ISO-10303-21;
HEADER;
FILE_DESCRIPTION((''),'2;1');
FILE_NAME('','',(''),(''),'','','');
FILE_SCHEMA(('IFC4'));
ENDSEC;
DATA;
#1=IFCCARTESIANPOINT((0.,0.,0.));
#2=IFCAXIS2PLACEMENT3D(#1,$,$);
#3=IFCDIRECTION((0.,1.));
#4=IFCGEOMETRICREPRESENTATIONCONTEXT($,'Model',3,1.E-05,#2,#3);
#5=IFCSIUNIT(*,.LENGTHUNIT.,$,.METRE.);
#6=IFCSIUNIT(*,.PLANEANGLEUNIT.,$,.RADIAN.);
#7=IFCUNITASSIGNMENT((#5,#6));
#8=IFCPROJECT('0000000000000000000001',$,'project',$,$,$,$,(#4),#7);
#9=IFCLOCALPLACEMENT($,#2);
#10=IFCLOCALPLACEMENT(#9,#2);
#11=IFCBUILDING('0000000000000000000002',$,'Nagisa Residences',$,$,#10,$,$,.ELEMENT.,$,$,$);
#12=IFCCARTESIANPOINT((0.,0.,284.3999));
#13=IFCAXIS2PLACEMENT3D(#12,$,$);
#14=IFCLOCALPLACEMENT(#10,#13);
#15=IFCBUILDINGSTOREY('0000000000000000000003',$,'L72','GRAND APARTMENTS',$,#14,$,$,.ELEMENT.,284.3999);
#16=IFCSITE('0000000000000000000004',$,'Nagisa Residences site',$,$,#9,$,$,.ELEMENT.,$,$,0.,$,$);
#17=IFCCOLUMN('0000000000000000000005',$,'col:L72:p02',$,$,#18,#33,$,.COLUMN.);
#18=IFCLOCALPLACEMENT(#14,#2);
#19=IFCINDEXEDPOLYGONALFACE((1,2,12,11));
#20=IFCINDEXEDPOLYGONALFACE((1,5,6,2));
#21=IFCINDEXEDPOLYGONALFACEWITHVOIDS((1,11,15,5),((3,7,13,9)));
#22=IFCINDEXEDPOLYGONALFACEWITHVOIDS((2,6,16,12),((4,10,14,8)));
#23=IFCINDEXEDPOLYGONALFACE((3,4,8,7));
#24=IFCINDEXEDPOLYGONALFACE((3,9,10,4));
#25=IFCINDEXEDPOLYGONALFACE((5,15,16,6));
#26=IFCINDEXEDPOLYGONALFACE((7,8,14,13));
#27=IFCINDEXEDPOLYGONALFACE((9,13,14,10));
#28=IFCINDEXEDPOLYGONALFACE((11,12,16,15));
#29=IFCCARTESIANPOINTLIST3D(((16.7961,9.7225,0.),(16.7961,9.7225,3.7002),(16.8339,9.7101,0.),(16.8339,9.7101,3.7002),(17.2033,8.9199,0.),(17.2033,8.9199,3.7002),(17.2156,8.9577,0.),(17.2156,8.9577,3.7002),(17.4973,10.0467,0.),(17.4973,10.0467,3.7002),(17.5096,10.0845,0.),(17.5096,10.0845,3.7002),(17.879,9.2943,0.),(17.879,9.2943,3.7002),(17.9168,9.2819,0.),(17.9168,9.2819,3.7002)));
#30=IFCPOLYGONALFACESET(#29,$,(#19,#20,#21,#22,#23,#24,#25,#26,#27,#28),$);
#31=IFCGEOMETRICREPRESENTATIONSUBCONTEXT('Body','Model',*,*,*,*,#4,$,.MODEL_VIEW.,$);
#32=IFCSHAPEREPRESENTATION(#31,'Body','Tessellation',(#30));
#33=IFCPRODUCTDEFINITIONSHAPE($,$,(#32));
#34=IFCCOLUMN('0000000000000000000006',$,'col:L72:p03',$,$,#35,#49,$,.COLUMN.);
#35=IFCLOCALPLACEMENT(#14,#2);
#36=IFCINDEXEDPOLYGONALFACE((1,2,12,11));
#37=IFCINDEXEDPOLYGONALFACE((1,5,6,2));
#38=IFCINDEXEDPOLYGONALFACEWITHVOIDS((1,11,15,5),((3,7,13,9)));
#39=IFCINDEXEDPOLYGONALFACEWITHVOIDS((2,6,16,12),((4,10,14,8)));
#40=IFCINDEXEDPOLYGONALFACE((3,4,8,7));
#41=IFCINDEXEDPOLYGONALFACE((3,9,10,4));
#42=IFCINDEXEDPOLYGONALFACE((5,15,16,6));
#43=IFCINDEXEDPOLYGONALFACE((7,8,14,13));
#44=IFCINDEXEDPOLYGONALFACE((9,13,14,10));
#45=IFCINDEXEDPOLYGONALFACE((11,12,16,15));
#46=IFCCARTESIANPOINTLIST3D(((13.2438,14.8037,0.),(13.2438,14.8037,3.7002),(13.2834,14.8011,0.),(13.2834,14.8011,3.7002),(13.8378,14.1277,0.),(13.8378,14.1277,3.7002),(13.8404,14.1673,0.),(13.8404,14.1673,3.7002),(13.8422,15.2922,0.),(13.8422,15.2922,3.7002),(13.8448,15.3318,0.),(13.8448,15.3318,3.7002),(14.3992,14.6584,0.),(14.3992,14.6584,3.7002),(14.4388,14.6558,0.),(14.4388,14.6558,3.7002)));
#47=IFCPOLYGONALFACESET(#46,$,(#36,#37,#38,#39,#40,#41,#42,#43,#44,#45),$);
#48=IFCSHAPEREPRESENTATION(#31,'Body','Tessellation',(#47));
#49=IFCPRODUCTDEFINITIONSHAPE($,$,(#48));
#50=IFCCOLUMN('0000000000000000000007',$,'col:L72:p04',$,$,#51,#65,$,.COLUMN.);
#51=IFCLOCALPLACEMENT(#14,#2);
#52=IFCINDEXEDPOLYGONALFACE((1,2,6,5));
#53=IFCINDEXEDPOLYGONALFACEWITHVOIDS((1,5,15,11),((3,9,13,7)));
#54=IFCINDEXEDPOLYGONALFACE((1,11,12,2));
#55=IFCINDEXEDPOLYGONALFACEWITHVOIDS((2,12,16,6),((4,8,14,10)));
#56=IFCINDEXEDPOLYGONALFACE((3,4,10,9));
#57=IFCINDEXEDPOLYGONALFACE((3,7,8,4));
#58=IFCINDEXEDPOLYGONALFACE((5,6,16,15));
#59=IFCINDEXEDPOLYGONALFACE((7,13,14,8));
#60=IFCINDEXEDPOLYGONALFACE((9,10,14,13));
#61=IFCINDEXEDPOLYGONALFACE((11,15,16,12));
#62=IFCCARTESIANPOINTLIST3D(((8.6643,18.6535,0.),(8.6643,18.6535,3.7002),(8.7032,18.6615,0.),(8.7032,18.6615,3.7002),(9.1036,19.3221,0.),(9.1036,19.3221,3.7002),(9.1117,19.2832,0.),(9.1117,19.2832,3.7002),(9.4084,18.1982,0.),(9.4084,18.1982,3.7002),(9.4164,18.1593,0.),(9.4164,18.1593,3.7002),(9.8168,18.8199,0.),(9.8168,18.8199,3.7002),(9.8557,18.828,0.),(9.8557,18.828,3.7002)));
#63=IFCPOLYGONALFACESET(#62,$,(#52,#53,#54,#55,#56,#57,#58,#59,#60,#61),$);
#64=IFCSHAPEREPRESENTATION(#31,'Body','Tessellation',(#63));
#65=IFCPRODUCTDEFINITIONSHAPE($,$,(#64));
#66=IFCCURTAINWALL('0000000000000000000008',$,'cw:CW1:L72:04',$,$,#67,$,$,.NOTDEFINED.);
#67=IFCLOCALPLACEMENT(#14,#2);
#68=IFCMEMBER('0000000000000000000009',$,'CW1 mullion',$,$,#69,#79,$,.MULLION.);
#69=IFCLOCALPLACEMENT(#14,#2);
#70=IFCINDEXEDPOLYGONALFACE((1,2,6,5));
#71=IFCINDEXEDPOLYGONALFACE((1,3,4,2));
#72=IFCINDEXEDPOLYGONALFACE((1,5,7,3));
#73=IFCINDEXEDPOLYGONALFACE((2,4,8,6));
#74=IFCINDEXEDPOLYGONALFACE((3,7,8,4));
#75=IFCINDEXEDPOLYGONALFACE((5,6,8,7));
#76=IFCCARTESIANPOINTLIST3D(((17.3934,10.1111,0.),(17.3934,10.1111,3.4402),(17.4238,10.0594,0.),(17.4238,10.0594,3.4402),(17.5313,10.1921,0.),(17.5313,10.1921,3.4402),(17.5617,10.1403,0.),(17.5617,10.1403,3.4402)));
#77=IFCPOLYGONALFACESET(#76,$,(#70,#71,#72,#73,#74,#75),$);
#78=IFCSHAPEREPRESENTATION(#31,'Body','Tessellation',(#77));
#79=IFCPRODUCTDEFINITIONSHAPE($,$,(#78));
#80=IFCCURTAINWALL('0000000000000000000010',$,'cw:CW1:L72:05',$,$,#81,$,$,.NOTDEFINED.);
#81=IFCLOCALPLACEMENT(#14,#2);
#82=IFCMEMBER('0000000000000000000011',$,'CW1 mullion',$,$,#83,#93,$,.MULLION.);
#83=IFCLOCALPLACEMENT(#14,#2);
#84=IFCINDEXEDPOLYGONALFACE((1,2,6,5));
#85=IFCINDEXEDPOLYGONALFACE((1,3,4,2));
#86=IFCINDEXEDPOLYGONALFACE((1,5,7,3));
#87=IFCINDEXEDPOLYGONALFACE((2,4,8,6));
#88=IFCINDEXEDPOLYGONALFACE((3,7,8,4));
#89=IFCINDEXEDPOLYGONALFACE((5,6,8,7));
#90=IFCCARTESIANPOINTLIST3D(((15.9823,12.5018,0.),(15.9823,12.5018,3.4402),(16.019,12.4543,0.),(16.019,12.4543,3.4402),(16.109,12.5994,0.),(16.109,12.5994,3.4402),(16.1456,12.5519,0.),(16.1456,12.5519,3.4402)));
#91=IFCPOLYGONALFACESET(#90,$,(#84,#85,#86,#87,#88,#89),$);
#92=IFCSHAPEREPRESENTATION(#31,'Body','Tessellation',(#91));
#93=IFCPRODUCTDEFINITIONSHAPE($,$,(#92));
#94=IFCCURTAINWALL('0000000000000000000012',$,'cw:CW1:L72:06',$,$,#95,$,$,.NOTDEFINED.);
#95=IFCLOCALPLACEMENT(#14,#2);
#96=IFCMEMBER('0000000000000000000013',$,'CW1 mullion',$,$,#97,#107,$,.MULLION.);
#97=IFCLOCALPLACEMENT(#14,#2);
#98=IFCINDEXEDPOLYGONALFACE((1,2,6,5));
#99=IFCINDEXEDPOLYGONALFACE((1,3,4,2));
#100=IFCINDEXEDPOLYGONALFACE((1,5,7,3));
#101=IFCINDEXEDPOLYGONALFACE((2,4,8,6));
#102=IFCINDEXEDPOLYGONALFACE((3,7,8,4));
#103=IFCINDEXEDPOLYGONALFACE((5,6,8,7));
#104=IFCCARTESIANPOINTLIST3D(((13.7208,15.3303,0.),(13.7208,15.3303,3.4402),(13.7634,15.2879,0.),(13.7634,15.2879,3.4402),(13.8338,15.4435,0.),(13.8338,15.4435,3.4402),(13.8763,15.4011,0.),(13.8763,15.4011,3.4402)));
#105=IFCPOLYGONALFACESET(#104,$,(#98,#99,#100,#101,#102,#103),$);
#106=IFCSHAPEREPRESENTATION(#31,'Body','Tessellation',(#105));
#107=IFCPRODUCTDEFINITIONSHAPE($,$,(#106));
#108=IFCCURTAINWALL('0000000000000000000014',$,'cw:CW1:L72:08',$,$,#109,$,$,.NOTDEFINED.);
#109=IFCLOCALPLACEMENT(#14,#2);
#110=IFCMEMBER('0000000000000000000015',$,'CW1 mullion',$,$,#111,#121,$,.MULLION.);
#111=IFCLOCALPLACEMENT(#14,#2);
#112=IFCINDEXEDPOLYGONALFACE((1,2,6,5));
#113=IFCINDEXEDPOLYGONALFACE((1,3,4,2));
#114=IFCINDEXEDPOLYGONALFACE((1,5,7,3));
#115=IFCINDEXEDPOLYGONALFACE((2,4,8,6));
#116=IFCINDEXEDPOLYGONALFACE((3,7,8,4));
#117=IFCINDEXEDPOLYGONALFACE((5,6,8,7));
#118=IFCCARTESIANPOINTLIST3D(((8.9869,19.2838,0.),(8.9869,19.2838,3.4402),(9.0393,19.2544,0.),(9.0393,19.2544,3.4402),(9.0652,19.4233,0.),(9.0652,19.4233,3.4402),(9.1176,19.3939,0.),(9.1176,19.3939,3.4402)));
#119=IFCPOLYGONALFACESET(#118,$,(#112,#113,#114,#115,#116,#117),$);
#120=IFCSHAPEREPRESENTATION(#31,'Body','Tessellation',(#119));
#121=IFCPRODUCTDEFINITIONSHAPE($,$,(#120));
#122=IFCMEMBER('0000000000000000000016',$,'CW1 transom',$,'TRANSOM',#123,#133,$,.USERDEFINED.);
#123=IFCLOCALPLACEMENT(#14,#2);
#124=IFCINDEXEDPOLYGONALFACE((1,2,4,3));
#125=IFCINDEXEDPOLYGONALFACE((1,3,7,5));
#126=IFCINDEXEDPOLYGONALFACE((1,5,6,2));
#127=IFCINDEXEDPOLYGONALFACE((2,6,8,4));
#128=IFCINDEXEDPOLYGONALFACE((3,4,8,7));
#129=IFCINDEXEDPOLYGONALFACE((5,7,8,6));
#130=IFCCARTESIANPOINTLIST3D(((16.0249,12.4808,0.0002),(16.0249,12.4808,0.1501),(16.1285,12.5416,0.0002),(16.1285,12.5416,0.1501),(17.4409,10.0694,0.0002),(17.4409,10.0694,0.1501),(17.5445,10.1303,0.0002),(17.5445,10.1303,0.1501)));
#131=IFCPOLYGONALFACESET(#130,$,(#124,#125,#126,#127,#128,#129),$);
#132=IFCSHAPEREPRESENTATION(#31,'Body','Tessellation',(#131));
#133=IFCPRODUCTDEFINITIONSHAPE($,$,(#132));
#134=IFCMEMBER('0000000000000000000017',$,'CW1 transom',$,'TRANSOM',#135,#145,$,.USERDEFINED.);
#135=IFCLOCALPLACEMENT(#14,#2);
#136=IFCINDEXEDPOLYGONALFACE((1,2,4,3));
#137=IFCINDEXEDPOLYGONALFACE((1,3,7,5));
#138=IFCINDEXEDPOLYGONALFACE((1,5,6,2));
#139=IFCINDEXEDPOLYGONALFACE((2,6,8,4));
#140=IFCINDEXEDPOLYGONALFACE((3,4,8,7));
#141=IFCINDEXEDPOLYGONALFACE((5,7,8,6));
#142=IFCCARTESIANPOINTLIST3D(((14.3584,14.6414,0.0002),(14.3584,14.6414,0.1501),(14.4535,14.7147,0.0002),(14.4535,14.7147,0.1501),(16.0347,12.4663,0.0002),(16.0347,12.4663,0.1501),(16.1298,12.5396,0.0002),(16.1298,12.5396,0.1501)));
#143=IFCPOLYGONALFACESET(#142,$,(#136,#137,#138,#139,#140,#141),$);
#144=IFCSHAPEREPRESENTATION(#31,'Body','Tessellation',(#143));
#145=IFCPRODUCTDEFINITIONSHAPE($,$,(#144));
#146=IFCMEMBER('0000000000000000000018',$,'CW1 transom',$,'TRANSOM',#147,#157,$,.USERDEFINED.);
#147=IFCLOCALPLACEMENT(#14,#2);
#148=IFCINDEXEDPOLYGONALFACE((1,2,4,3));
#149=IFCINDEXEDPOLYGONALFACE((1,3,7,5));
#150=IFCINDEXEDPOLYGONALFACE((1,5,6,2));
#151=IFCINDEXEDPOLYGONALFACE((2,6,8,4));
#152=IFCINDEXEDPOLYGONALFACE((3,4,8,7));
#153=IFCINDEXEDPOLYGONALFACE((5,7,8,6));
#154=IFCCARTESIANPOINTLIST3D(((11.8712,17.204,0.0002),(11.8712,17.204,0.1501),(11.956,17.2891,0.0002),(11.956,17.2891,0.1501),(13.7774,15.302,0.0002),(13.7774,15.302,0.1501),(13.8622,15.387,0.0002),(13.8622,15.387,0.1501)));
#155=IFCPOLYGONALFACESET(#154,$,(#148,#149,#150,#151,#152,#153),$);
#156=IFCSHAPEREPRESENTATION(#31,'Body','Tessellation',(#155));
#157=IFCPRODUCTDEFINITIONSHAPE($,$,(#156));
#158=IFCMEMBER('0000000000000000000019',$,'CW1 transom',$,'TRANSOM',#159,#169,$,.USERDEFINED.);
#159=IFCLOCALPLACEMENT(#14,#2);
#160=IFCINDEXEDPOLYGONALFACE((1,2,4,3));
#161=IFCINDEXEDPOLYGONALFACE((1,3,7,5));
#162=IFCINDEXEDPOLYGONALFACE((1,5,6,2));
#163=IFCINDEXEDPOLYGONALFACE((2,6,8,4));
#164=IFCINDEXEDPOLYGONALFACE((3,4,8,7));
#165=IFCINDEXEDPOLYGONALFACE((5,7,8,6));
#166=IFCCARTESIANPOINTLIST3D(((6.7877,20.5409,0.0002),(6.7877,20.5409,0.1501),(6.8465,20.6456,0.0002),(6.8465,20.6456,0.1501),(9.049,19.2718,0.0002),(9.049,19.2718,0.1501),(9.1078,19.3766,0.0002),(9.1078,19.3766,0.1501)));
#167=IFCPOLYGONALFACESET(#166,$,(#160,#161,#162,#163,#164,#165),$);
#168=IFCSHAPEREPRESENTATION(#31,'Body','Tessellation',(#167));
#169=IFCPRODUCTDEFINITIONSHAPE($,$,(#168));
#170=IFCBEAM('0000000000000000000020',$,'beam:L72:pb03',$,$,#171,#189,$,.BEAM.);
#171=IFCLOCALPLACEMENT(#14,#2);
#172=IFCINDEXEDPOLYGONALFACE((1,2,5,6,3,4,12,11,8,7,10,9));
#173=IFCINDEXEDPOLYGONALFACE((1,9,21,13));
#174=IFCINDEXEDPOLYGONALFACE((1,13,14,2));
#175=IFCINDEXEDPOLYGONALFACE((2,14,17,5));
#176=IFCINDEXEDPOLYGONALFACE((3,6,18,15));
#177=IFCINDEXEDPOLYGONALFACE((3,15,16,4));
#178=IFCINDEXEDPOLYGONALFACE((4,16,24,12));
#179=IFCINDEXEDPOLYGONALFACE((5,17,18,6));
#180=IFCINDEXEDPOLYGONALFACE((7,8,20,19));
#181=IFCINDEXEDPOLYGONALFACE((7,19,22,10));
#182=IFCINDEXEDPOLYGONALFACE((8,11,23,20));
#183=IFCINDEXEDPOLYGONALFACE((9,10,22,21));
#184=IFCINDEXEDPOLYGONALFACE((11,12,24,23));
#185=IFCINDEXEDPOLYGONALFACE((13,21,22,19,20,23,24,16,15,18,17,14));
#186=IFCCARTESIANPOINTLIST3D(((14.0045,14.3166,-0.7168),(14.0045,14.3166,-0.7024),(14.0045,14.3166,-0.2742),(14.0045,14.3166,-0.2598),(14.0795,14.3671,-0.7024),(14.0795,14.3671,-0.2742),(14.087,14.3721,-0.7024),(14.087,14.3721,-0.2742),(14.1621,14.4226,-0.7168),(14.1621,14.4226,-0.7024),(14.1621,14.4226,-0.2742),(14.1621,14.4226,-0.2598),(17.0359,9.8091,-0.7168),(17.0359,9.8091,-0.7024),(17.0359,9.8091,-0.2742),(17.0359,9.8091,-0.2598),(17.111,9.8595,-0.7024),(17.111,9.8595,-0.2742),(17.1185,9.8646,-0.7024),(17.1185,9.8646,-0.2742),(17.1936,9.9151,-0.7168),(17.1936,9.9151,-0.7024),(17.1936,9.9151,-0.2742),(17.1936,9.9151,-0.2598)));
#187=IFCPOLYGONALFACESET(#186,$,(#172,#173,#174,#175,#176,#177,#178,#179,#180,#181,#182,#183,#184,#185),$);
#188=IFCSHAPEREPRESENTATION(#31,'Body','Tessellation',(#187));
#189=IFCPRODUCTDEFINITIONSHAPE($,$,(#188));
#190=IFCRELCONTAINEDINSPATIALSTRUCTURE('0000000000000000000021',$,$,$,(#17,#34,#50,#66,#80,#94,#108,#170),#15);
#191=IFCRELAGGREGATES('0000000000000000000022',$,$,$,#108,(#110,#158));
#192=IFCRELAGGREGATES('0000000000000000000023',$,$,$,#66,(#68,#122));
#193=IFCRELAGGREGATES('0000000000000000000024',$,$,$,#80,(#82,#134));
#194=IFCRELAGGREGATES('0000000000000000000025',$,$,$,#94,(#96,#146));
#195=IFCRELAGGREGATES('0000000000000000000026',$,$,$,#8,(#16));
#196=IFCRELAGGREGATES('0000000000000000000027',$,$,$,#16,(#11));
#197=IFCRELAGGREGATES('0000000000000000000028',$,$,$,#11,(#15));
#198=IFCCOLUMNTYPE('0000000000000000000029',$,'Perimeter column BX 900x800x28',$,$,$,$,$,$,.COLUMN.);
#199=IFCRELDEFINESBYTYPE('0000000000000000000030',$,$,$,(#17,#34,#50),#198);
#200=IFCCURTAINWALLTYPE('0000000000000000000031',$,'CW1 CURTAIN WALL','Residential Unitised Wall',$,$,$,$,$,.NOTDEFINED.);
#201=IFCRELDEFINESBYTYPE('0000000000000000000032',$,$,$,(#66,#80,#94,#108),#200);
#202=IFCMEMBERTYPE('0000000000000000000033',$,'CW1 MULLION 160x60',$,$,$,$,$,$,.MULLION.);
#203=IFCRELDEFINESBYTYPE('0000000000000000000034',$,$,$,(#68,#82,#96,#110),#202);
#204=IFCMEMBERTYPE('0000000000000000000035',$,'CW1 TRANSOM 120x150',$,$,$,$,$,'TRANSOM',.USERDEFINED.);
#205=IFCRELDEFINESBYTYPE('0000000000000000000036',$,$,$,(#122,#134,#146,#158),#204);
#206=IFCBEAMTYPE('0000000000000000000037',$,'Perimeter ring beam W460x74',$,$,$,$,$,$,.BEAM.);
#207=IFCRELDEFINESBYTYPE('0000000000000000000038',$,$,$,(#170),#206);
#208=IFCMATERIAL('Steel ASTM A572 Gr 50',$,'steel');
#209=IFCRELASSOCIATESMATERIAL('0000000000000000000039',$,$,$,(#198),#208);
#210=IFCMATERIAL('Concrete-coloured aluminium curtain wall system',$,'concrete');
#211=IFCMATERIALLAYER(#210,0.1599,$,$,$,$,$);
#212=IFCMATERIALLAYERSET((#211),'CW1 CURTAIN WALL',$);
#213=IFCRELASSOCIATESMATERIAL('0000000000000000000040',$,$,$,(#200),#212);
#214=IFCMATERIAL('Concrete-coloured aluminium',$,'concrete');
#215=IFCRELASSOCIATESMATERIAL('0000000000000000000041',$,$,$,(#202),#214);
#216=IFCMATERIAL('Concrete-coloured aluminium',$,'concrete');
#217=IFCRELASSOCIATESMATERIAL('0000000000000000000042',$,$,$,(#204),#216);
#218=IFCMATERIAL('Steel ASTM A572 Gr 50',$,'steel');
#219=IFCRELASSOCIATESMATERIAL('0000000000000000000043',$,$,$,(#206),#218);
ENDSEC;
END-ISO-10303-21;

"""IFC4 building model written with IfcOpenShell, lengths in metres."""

from ifc_helpers import new_model, si_unit, direction, frame, origin, origin_2d, place, context, subcontext, project, spatial, rectangle, hollow_rectangle, i_section, extrude, material, layer, layer_set, material_profile, profile_set, type_object, element, aggregate, save


model = new_model("IFC4")

# Units and contexts
model_context = context("Model", 3, precision=1e-05, world=origin(), true_north=direction((0.0, 1.0)))
body_context = subcontext(model_context, "Body", "Model", "MODEL_VIEW")
ifc_project = project(units=[si_unit("LENGTHUNIT", "METRE"), si_unit("PLANEANGLEUNIT", "RADIAN")], contexts=[model_context])

# Site, building, storey
site_placement = place(None, origin())
site = spatial("IfcSite", under=ifc_project, at=site_placement, Name="Nagisa Residences site", CompositionType="ELEMENT", RefElevation=0.0)
building_placement = place(site_placement, origin())
building = spatial("IfcBuilding", under=site, at=building_placement, Name="Nagisa Residences", CompositionType="ELEMENT")
storey_placement = place(building_placement, frame((0.0, 0.0, 284.3999)))
storey = spatial("IfcBuildingStorey", under=building, at=storey_placement, Name="L72", Description="GRAND APARTMENTS", CompositionType="ELEMENT", Elevation=284.3999)

# Columns
ifc_material_1 = material(Name="Steel ASTM A572 Gr 50", Category="steel")
ifc_material_profile_1 = material_profile(ifc_material_1, hollow_rectangle(XDim=0.8999, YDim=0.8, WallThickness=0.0281, at=origin_2d()), Name="BX 900x800x28")
ifc_profile_set_1 = profile_set([ifc_material_profile_1], Name="Steel ASTM A572 Gr 50")
column_type = type_object("IfcColumnType", Name="Perimeter column BX 900x800x28", PredefinedType="COLUMN", material=ifc_profile_set_1)
for number, where, z_axis, x_axis, name in (
    (1, (17.3564, 9.5022, 0.0), (0.0, 0.0, 1.0), (-0.452463, 0.891783, 0.0), "col:L72:p02"),
    (2, (13.8413, 14.7297, 0.0), (0.0, 0.0, 1.0), (-0.660115, 0.751165, 0.0), "col:L72:p03"),
    (3, (9.26, 18.7407, 0.0), (0.0, 0.0, 1.0), (-0.835766, 0.549086, 0.0), "col:L72:p04"),
):
    element("IfcColumn", number, at=place(storey_placement, frame(where, z_axis=z_axis, x_axis=x_axis)), inside=storey, type_object=column_type, Name=name, PredefinedType="COLUMN", context=body_context, shape_type="SweptSolid", body=[
        extrude(hollow_rectangle(XDim=0.8999, YDim=0.8, WallThickness=0.0281, at=origin_2d()), origin(), (0.0, 0.0, 1.0), 3.7002),
    ])

# Curtain walls, members
ifc_material_2 = material(Name="Concrete-coloured aluminium curtain wall system", Category="concrete")
ifc_layer_1 = layer(ifc_material_2, 0.1599)
ifc_layer_set_1 = layer_set([ifc_layer_1], Name="CW1 CURTAIN WALL")
curtain_wall_type = type_object("IfcCurtainWallType", Name="CW1 CURTAIN WALL", Description="Residential Unitised Wall", PredefinedType="NOTDEFINED", material=ifc_layer_set_1)
curtain_wall_1_placement = place(storey_placement, origin())
curtain_wall_1 = element("IfcCurtainWall", 4, at=curtain_wall_1_placement, inside=storey, type_object=curtain_wall_type, Name="cw:CW1:L72:04", PredefinedType="NOTDEFINED")
ifc_material_3 = material(Name="Concrete-coloured aluminium", Category="concrete")
ifc_material_profile_2 = material_profile(ifc_material_3, rectangle(XDim=0.1599, YDim=0.0601, at=origin_2d()), Name="CW1 MULLION 160x60")
ifc_profile_set_2 = profile_set([ifc_material_profile_2], Name="Concrete-coloured aluminium")
member_type_1 = type_object("IfcMemberType", Name="CW1 MULLION 160x60", PredefinedType="MULLION", material=ifc_profile_set_2)
member_1_placement = place(storey_placement, frame((17.4775, 10.1257, 0.0), z_axis=(0.0, 0.0, 1.0), x_axis=(-0.862329, -0.506349, 0.0)))
member_1 = element("IfcMember", 5, at=member_1_placement, type_object=member_type_1, Name="CW1 mullion", PredefinedType="MULLION", context=body_context, shape_type="SweptSolid", body=[
    extrude(rectangle(XDim=0.1599, YDim=0.0601, at=origin_2d()), origin(), (0.0, 0.0, 1.0), 3.4402),
])
curtain_wall_2_placement = place(storey_placement, origin())
curtain_wall_2 = element("IfcCurtainWall", 6, at=curtain_wall_2_placement, inside=storey, type_object=curtain_wall_type, Name="cw:CW1:L72:05", PredefinedType="NOTDEFINED")
member_2_placement = place(storey_placement, frame((16.064, 12.5269, 0.0), z_axis=(0.0, 0.0, 1.0), x_axis=(-0.79207, -0.61043, 0.0)))
member_2 = element("IfcMember", 7, at=member_2_placement, type_object=member_type_1, Name="CW1 mullion", PredefinedType="MULLION", context=body_context, shape_type="SweptSolid", body=[
    extrude(rectangle(XDim=0.1599, YDim=0.0601, at=origin_2d()), origin(), (0.0, 0.0, 1.0), 3.4402),
])
curtain_wall_3_placement = place(storey_placement, origin())
curtain_wall_3 = element("IfcCurtainWall", 8, at=curtain_wall_3_placement, inside=storey, type_object=curtain_wall_type, Name="cw:CW1:L72:06", PredefinedType="NOTDEFINED")
member_3_placement = place(storey_placement, frame((13.7986, 15.3657, 0.0), z_axis=(0.0, 0.0, 1.0), x_axis=(-0.706377, -0.707836, 0.0)))
member_3 = element("IfcMember", 9, at=member_3_placement, type_object=member_type_1, Name="CW1 mullion", PredefinedType="MULLION", context=body_context, shape_type="SweptSolid", body=[
    extrude(rectangle(XDim=0.1599, YDim=0.0601, at=origin_2d()), origin(), (0.0, 0.0, 1.0), 3.4402),
])
curtain_wall_4_placement = place(storey_placement, origin())
curtain_wall_4 = element("IfcCurtainWall", 10, at=curtain_wall_4_placement, inside=storey, type_object=curtain_wall_type, Name="cw:CW1:L72:08", PredefinedType="NOTDEFINED")
member_4_placement = place(storey_placement, frame((9.0522, 19.3389, 0.0), z_axis=(0.0, 0.0, 1.0), x_axis=(-0.489377, -0.872072, 0.0)))
member_4 = element("IfcMember", 11, at=member_4_placement, type_object=member_type_1, Name="CW1 mullion", PredefinedType="MULLION", context=body_context, shape_type="SweptSolid", body=[
    extrude(rectangle(XDim=0.1599, YDim=0.0601, at=origin_2d()), origin(), (0.0, 0.0, 1.0), 3.4402),
])

# Members
ifc_material_4 = material(Name="Concrete-coloured aluminium", Category="concrete")
ifc_material_profile_3 = material_profile(ifc_material_4, rectangle(XDim=0.1201, YDim=0.1499, at=origin_2d()), Name="CW1 TRANSOM 120x150")
ifc_profile_set_3 = profile_set([ifc_material_profile_3], Name="Concrete-coloured aluminium")
member_type_2 = type_object("IfcMemberType", Name="CW1 TRANSOM 120x150", ElementType="TRANSOM", PredefinedType="USERDEFINED", material=ifc_profile_set_3)
member_5_placement = place(storey_placement, frame((17.4927, 10.0999, 0.0752), z_axis=(-0.506371, 0.862316, 0.0), x_axis=(-0.862316, -0.506371, 0.0)))
member_5 = element("IfcMember", 12, at=member_5_placement, type_object=member_type_2, Name="CW1 transom", ObjectType="TRANSOM", PredefinedType="USERDEFINED", context=body_context, shape_type="SweptSolid", body=[
    extrude(rectangle(XDim=0.1201, YDim=0.1499, at=origin_2d()), origin(), (0.0, 0.0, 1.0), 2.7964),
])
member_6_placement = place(storey_placement, frame((16.0823, 12.5029, 0.0752), z_axis=(-0.610432, 0.792068, 0.0), x_axis=(-0.792068, -0.610432, 0.0)))
member_6 = element("IfcMember", 13, at=member_6_placement, type_object=member_type_2, Name="CW1 transom", ObjectType="TRANSOM", PredefinedType="USERDEFINED", context=body_context, shape_type="SweptSolid", body=[
    extrude(rectangle(XDim=0.1201, YDim=0.1499, at=origin_2d()), origin(), (0.0, 0.0, 1.0), 2.7461),
])
member_7_placement = place(storey_placement, frame((13.8198, 15.3445, 0.0752), z_axis=(-0.707877, 0.706336, 0.0), x_axis=(-0.706336, -0.707877, 0.0)))
member_7 = element("IfcMember", 14, at=member_7_placement, type_object=member_type_2, Name="CW1 transom", ObjectType="TRANSOM", PredefinedType="USERDEFINED", context=body_context, shape_type="SweptSolid", body=[
    extrude(rectangle(XDim=0.1201, YDim=0.1499, at=origin_2d()), origin(), (0.0, 0.0, 1.0), 2.6929),
])
member_8_placement = place(storey_placement, frame((9.0784, 19.3242, 0.0752), z_axis=(-0.872053, 0.489412, 0.0), x_axis=(-0.489412, -0.872053, 0.0)))
member_8 = element("IfcMember", 15, at=member_8_placement, type_object=member_type_2, Name="CW1 transom", ObjectType="TRANSOM", PredefinedType="USERDEFINED", context=body_context, shape_type="SweptSolid", body=[
    extrude(rectangle(XDim=0.1201, YDim=0.1499, at=origin_2d()), origin(), (0.0, 0.0, 1.0), 2.593),
])
aggregate(curtain_wall_4, [member_4, member_8])

# Beam
ifc_material_5 = material(Name="Steel ASTM A572 Gr 50", Category="steel")
ifc_material_profile_4 = material_profile(ifc_material_5, i_section(OverallWidth=0.1899, OverallDepth=0.457, WebThickness=0.009, FlangeThickness=0.0144, at=origin_2d()), Name="W460x74")
ifc_profile_set_4 = profile_set([ifc_material_profile_4], Name="Steel ASTM A572 Gr 50")
beam_type_1 = type_object("IfcBeamType", Name="Perimeter ring beam W460x74", PredefinedType="BEAM", material=ifc_profile_set_4)
beam_1_placement = place(storey_placement, frame((17.1147, 9.8621, -0.4883), z_axis=(-0.558066, 0.829796, 0.0), x_axis=(-0.829796, -0.558066, 0.0)))
element("IfcBeam", 16, at=beam_1_placement, inside=storey, type_object=beam_type_1, Name="beam:L72:pb03", PredefinedType="BEAM", context=body_context, shape_type="SweptSolid", body=[
    extrude(i_section(OverallWidth=0.1899, OverallDepth=0.457, WebThickness=0.009, FlangeThickness=0.0144, at=origin_2d()), origin(), (0.0, 0.0, 1.0), 5.4321),
])

aggregate(curtain_wall_1, [member_1, member_5])
aggregate(curtain_wall_2, [member_2, member_6])
aggregate(curtain_wall_3, [member_3, member_7])

save(model, "model.ifc")
